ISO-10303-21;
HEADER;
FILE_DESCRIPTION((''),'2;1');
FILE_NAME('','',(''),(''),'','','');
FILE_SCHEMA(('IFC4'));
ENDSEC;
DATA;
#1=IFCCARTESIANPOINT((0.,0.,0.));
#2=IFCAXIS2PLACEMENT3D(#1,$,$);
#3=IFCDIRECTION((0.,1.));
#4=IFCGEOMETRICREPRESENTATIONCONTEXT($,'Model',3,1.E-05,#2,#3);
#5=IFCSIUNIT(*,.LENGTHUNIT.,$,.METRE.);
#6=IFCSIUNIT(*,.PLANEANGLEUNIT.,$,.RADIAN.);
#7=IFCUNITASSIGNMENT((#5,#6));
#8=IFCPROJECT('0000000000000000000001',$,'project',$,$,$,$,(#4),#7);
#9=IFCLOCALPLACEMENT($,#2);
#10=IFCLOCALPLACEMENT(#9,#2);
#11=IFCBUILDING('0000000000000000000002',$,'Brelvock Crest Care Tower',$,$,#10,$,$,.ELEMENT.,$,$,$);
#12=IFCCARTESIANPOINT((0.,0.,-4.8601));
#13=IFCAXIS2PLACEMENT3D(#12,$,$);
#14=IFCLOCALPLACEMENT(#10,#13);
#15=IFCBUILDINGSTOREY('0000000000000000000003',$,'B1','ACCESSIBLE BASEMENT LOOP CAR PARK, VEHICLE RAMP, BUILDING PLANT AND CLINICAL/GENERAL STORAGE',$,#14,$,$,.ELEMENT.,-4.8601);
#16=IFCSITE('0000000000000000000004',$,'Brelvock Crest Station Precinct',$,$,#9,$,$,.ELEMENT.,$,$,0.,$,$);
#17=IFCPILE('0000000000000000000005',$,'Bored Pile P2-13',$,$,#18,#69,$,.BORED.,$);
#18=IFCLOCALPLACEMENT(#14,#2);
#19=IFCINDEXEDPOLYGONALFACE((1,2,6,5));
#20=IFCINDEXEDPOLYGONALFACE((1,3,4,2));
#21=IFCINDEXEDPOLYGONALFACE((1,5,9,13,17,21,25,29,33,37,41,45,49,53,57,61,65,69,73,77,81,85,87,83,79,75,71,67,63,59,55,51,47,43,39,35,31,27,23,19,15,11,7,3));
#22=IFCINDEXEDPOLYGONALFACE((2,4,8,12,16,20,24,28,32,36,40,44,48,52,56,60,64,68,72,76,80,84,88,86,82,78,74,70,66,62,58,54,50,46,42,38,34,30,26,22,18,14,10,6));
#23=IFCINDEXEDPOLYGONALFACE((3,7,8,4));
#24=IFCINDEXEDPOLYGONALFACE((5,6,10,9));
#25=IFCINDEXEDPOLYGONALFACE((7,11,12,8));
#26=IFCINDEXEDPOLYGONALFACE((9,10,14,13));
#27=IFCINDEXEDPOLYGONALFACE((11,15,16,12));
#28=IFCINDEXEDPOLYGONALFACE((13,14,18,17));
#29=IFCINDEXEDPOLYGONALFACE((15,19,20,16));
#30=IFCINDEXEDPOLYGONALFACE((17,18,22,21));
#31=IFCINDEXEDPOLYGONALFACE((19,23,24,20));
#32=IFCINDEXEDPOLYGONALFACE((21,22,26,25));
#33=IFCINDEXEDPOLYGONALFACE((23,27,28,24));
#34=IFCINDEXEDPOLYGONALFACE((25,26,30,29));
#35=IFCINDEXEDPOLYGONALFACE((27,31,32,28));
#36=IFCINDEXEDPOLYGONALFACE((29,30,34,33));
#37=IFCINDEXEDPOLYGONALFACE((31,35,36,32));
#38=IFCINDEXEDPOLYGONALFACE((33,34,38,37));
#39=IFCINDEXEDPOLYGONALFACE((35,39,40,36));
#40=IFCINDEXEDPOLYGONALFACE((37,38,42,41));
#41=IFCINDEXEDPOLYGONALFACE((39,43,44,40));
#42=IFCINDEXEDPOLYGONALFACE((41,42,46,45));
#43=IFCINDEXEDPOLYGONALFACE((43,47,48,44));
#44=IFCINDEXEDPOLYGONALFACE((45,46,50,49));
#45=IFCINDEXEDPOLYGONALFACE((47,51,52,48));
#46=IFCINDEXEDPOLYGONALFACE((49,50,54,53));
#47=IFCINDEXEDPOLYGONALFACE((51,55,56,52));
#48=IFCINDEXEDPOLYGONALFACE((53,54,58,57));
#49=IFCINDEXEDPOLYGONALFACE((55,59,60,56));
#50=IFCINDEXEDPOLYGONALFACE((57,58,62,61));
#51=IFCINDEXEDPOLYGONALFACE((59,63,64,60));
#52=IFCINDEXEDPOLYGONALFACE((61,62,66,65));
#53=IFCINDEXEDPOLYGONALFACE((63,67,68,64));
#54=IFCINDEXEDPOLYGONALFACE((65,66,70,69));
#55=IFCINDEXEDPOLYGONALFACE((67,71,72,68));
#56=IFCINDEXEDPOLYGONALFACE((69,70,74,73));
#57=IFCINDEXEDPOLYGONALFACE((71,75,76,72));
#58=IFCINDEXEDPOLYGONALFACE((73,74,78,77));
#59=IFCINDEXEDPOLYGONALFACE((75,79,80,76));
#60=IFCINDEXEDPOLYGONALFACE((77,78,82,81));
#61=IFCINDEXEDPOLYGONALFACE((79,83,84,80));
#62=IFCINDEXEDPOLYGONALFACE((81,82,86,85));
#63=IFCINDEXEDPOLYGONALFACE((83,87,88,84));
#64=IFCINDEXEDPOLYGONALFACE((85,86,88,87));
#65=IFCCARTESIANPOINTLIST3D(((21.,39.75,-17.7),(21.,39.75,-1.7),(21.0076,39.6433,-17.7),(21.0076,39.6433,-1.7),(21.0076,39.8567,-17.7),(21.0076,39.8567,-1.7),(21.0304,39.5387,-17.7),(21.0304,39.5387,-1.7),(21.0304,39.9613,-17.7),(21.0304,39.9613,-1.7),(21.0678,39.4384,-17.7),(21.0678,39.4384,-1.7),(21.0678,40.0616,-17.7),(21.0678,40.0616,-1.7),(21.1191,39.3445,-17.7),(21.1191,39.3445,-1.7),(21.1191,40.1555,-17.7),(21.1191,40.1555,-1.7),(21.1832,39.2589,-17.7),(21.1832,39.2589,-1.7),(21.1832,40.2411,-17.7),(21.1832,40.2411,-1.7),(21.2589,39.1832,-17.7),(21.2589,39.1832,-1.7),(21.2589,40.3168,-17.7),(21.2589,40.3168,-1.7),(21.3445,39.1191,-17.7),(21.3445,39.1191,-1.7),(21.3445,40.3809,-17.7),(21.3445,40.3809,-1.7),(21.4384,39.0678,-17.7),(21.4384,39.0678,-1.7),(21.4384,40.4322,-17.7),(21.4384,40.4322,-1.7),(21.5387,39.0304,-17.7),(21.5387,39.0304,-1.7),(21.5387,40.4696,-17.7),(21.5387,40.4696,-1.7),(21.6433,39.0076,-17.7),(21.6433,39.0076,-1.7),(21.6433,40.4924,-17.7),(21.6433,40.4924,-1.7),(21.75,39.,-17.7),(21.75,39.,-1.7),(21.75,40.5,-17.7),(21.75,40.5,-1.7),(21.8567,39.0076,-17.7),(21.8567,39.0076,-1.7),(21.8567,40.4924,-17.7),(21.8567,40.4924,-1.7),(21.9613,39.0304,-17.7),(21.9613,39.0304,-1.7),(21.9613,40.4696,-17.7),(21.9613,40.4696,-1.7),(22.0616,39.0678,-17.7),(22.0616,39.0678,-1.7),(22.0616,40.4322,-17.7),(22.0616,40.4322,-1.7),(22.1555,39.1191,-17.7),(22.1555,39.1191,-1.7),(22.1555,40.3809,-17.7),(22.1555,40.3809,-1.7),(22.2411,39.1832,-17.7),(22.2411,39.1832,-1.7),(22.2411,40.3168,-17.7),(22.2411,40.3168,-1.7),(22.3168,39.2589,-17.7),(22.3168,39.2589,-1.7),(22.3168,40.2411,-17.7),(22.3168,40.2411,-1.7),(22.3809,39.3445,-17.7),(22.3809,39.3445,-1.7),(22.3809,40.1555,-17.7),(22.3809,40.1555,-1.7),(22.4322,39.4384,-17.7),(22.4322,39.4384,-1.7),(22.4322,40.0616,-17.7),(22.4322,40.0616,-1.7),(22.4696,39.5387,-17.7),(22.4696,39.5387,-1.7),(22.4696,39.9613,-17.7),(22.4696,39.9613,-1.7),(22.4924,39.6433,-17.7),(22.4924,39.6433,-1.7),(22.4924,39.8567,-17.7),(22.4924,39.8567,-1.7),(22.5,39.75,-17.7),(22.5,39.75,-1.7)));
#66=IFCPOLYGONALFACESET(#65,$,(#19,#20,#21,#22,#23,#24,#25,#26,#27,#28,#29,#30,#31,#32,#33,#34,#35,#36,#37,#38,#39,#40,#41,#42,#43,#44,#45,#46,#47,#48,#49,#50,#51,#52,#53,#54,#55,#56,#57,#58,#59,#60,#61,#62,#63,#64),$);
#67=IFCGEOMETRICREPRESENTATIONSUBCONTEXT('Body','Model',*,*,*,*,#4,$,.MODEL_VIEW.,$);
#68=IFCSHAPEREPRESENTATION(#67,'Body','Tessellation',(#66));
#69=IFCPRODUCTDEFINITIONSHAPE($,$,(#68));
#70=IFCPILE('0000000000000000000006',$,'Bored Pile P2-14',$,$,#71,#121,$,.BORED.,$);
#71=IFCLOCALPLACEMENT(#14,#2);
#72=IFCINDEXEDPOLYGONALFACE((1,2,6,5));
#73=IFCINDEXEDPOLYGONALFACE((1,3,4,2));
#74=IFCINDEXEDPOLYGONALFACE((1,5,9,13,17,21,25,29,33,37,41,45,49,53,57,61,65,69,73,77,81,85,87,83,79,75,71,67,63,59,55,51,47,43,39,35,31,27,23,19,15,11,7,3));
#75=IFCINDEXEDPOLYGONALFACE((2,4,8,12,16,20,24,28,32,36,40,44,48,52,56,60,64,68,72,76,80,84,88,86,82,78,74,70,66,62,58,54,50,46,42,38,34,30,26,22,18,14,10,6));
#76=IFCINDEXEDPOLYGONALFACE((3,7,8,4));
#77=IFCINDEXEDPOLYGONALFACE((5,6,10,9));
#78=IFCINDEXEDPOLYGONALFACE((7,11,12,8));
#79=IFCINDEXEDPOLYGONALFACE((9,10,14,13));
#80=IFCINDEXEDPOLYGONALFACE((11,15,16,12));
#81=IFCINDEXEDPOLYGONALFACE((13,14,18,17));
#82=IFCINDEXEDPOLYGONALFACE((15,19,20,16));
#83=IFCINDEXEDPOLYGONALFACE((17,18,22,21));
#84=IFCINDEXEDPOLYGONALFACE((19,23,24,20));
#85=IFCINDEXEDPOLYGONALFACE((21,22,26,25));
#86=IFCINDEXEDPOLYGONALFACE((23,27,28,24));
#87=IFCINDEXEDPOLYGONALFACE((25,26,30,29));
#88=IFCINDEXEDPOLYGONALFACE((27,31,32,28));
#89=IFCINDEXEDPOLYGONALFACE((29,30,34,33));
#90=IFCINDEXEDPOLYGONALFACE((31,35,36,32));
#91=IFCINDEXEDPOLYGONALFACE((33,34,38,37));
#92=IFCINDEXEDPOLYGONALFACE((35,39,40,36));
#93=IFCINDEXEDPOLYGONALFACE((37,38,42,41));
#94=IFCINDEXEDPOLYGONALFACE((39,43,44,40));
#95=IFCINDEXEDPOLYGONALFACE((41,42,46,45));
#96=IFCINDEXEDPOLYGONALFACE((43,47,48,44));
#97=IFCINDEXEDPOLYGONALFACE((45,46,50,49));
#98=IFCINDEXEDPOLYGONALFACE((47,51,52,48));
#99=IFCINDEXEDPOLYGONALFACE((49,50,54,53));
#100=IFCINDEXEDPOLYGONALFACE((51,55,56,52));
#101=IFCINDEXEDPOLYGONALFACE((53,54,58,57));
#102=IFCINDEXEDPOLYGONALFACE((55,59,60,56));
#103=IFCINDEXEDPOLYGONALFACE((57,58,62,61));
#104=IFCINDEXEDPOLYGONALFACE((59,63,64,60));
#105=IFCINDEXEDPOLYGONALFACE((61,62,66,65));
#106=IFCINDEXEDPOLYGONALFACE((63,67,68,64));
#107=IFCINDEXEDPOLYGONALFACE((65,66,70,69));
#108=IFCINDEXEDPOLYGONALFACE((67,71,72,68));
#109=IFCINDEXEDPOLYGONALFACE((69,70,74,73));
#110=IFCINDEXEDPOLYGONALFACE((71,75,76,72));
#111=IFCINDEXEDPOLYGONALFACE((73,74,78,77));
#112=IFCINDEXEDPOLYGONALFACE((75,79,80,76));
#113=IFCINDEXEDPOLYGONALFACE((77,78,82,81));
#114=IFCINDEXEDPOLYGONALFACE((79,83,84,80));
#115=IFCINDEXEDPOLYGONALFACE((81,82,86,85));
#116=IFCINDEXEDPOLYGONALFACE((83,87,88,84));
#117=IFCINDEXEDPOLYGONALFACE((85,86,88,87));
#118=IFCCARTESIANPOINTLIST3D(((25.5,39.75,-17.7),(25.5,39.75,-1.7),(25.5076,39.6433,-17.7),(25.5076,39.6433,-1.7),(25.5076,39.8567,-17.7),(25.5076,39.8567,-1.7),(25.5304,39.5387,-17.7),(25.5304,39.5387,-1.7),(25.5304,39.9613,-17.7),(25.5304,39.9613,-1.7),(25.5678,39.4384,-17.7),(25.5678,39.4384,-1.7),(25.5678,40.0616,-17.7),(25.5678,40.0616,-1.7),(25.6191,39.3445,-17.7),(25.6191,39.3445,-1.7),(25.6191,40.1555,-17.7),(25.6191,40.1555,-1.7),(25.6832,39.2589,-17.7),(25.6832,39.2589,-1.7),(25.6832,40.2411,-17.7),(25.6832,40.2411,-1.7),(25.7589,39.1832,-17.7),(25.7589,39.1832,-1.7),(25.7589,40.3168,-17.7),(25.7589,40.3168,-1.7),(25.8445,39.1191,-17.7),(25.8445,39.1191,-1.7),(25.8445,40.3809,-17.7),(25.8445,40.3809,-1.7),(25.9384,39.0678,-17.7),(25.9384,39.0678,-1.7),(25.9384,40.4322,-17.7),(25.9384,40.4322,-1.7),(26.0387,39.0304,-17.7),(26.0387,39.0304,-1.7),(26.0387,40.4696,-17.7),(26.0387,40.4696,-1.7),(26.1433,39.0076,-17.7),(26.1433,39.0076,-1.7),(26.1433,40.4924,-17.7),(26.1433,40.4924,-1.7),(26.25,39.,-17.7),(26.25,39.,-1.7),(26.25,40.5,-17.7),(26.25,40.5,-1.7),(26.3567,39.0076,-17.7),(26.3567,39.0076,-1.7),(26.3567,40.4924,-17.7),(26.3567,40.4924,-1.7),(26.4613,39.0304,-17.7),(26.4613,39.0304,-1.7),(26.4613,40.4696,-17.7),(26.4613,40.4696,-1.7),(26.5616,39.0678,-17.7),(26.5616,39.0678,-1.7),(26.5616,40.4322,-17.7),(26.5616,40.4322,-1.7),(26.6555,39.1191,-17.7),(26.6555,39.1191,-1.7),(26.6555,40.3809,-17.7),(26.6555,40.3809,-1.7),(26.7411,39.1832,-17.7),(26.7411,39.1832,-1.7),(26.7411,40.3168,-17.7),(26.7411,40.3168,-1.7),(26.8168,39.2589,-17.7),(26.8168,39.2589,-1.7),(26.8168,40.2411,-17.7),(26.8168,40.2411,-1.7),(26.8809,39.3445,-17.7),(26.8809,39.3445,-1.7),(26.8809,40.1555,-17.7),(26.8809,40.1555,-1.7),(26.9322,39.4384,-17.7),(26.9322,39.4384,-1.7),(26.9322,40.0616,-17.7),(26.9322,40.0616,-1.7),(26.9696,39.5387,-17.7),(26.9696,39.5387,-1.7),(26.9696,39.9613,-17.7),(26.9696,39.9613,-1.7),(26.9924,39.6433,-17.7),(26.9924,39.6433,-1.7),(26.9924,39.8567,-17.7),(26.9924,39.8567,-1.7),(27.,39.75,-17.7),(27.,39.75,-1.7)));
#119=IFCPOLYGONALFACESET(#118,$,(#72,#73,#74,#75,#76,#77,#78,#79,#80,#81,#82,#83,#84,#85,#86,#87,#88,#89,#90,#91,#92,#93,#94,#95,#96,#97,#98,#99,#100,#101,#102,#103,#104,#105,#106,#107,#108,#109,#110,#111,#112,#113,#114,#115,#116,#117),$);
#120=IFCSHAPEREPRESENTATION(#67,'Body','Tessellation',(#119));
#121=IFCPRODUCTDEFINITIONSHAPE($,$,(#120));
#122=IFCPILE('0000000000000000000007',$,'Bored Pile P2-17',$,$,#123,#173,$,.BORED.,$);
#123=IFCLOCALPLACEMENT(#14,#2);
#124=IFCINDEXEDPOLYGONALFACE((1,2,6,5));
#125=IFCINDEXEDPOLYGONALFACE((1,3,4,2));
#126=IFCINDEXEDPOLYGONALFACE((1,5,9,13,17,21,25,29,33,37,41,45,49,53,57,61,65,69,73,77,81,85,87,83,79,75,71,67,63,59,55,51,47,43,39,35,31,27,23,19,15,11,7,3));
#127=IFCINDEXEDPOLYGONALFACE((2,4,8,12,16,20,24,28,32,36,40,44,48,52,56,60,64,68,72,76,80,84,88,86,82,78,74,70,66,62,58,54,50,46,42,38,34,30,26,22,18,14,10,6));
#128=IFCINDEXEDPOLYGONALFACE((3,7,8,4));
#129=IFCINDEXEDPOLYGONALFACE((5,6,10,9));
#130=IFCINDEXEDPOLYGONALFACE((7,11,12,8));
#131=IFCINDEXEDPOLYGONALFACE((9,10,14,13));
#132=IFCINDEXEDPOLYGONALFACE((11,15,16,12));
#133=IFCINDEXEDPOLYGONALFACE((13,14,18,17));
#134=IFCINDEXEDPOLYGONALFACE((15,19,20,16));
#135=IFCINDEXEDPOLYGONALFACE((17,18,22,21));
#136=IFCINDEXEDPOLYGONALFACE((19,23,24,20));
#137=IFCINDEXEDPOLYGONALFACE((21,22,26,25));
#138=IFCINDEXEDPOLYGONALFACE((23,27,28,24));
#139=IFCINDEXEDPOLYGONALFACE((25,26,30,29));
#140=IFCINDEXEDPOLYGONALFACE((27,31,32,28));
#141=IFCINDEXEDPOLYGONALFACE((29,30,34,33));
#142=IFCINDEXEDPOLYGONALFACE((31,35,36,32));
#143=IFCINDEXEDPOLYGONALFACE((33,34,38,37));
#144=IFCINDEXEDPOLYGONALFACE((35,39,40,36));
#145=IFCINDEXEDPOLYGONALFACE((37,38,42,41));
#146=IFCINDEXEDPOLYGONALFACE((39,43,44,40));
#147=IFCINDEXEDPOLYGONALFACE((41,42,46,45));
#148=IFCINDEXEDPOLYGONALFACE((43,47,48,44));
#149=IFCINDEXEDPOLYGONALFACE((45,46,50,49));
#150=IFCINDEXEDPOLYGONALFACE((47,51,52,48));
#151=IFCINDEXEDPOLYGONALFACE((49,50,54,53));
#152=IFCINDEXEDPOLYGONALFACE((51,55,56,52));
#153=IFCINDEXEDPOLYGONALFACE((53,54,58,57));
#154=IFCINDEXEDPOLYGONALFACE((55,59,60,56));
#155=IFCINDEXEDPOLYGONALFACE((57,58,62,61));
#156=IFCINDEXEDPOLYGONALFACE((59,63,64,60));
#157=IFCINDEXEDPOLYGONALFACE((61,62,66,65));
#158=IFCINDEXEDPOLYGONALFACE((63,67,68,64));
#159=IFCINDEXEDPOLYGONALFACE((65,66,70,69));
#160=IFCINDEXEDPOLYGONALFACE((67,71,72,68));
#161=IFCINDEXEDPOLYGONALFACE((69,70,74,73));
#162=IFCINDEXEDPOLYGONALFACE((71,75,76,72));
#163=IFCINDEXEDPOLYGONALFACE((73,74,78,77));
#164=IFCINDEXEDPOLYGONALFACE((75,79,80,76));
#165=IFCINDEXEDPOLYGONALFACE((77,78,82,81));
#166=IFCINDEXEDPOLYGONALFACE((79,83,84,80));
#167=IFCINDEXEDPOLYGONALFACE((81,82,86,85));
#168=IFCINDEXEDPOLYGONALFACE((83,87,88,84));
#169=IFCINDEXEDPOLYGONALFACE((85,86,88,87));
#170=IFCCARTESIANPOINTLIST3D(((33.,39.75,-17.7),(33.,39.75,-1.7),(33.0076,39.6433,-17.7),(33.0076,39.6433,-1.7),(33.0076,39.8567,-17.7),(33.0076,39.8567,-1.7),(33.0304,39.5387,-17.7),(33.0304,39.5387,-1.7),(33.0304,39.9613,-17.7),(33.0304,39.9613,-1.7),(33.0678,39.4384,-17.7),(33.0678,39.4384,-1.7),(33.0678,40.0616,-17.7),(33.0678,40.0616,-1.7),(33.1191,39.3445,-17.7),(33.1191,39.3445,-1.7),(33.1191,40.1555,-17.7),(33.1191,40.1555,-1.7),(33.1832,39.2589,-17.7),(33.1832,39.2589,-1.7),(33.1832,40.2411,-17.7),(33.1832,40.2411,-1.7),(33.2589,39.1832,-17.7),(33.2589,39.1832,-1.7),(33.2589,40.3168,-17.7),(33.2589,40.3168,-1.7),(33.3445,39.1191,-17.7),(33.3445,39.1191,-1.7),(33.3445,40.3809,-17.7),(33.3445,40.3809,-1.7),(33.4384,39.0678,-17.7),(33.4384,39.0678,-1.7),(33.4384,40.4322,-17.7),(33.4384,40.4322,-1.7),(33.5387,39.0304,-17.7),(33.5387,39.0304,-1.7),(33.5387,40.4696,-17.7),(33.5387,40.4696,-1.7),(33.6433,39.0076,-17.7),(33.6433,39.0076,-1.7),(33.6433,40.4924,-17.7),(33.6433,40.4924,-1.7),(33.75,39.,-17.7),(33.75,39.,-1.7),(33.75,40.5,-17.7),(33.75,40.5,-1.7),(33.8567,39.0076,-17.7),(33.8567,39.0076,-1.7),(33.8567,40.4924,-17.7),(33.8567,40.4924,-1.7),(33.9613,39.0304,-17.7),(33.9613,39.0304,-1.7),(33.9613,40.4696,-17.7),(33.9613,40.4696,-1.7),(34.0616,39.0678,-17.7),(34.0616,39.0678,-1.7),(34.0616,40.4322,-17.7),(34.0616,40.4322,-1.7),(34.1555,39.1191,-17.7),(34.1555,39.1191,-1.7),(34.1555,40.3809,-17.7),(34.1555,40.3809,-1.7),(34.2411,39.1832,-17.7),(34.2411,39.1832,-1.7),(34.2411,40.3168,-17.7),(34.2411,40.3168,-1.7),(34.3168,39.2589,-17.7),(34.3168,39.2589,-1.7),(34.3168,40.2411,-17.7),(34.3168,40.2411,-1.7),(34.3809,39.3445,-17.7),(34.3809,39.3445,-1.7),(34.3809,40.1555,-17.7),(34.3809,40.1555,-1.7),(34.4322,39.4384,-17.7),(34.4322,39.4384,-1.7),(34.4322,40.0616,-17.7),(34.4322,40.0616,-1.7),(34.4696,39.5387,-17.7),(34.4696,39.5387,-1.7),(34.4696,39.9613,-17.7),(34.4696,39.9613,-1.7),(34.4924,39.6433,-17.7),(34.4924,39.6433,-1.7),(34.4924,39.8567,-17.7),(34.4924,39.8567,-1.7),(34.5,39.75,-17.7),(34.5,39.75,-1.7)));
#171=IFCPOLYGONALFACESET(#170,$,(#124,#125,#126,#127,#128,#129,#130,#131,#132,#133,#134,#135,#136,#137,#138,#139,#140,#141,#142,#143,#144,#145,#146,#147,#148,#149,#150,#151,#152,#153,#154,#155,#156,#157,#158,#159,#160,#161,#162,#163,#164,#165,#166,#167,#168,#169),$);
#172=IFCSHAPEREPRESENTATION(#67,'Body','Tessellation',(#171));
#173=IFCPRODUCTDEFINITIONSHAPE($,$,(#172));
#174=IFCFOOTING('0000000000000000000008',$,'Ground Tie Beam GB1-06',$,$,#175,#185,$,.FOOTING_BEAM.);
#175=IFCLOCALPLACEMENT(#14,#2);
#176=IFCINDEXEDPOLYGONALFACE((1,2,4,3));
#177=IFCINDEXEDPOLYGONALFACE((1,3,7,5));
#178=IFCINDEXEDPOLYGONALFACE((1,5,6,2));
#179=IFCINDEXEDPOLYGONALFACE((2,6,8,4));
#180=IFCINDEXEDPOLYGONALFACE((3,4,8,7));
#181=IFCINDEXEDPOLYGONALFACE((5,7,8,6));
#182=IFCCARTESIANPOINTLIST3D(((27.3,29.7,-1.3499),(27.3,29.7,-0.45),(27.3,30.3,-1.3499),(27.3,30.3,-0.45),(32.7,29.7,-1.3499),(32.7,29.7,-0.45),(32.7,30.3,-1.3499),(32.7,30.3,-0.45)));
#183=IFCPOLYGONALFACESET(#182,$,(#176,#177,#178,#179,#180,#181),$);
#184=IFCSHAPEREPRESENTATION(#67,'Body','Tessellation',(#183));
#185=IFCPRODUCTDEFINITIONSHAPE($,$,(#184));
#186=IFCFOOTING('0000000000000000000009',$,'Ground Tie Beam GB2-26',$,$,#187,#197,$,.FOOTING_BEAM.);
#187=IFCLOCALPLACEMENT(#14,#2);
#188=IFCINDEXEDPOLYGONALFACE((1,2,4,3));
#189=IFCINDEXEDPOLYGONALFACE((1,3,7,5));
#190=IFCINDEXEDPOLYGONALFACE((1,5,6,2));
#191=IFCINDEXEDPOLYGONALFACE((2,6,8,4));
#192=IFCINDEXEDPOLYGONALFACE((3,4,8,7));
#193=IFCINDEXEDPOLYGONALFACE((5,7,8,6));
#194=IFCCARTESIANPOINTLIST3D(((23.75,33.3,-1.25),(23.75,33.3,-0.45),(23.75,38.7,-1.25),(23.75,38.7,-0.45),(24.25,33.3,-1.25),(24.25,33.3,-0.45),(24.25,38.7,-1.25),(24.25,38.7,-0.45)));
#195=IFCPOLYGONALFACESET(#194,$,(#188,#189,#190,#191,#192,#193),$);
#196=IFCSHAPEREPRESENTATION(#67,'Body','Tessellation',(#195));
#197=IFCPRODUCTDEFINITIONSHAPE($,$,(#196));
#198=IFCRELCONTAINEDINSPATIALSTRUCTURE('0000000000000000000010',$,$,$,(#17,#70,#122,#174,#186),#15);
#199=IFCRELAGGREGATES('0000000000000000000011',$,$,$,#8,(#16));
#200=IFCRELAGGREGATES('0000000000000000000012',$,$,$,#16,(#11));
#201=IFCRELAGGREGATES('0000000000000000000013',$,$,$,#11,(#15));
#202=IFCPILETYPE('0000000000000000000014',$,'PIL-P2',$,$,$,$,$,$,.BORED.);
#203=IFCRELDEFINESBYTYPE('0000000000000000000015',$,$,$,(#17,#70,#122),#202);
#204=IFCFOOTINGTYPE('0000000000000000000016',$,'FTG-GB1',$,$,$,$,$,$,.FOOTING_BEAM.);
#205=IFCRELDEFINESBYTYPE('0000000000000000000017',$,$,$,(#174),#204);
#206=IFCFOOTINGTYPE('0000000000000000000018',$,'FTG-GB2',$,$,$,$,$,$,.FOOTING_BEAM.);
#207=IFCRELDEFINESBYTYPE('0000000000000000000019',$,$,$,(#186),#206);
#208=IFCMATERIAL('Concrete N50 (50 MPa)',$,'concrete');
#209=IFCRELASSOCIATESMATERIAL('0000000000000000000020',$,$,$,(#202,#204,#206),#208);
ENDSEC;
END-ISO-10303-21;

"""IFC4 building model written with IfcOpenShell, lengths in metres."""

from ifc_helpers import new_model, si_unit, direction, frame, origin, origin_2d, place, context, subcontext, project, spatial, rectangle, circle, extrude, source, transform, mapped, material, material_profile, profile_set, type_object, element, save


model = new_model("IFC4")

# Units and contexts
model_context = context("Model", 3, precision=1e-05, world=origin(), true_north=direction((0.0, 1.0)))
body_context = subcontext(model_context, "Body", "Model", "MODEL_VIEW")
ifc_project = project(units=[si_unit("LENGTHUNIT", "METRE"), si_unit("PLANEANGLEUNIT", "RADIAN")], contexts=[model_context])

# Site, building, storey
site_placement = place(None, origin())
site = spatial("IfcSite", under=ifc_project, at=site_placement, Name="Brelvock Crest Station Precinct", CompositionType="ELEMENT", RefElevation=0.0)
building_placement = place(site_placement, origin())
building = spatial("IfcBuilding", under=site, at=building_placement, Name="Brelvock Crest Care Tower", CompositionType="ELEMENT")
storey_placement = place(building_placement, frame((0.0, 0.0, -4.8601)))
storey = spatial("IfcBuildingStorey", under=building, at=storey_placement, Name="B1", Description="ACCESSIBLE BASEMENT LOOP CAR PARK, VEHICLE RAMP, BUILDING PLANT AND CLINICAL/GENERAL STORAGE", CompositionType="ELEMENT", Elevation=-4.8601)

# Shared definitions
ifc_material_1 = material(Name="Concrete N50 (50 MPa)", Category="concrete")

# Piles
ifc_material_profile_1 = material_profile(ifc_material_1, circle(Radius=0.75, at=origin_2d()), Name="BORED PILE D1500")
ifc_profile_set_1 = profile_set([ifc_material_profile_1], Name="Concrete N50 (50 MPa)")
pile_type = type_object("IfcPileType", Name="PIL-P2", PredefinedType="BORED", material=ifc_profile_set_1)
shared_shape_1 = source(origin(), body_context, "Body", "SweptSolid", [
    extrude(circle(Radius=0.75, at=origin_2d()), origin(), (0.0, 0.0, 1.0), 16.0),
])
for number, where, z_axis, x_axis, name in (
    (1, (21.75, 39.75, -1.7), (0.0, 0.0, -1.0), (1.0, 0.0, 0.0), "Bored Pile P2-13"),
    (2, (26.25, 39.75, -1.7), (0.0, 0.0, -1.0), (1.0, 0.0, 0.0), "Bored Pile P2-14"),
    (3, (33.75, 39.75, -1.7), (0.0, 0.0, -1.0), (1.0, 0.0, 0.0), "Bored Pile P2-17"),
):
    element("IfcPile", number, at=place(storey_placement, frame(where, z_axis=z_axis, x_axis=x_axis)), inside=storey, type_object=pile_type, Name=name, PredefinedType="BORED", context=body_context, shape_type="MappedRepresentation", body=[
        mapped(shared_shape_1, transform((0.0, 0.0, 0.0), x_axis=(1.0, 0.0, 0.0), y_axis=(0.0, 1.0, 0.0), z_axis=(0.0, 0.0, 1.0), scale=1.0)),
    ])

# Footings
footing_type_1 = type_object("IfcFootingType", Name="FTG-GB1", PredefinedType="FOOTING_BEAM", material=ifc_material_1)
shared_shape_2 = source(origin(), body_context, "Body", "SweptSolid", [
    extrude(rectangle(XDim=5.3999, YDim=0.6001, at=origin_2d()), origin(), (0.0, 0.0, 1.0), 0.8999),
])
footing_1_placement = place(storey_placement, frame((30.0, 30.0, -1.3499), z_axis=(0.0, 0.0, 1.0), x_axis=(1.0, 0.0, 0.0)))
element("IfcFooting", 4, at=footing_1_placement, inside=storey, type_object=footing_type_1, Name="Ground Tie Beam GB1-06", PredefinedType="FOOTING_BEAM", context=body_context, shape_type="MappedRepresentation", body=[
    mapped(shared_shape_2, transform((0.0, 0.0, 0.0), x_axis=(1.0, 0.0, 0.0), y_axis=(0.0, 1.0, 0.0), z_axis=(0.0, 0.0, 1.0), scale=1.0)),
])
footing_type_2 = type_object("IfcFootingType", Name="FTG-GB2", PredefinedType="FOOTING_BEAM", material=ifc_material_1)
shared_shape_3 = source(origin(), body_context, "Body", "SweptSolid", [
    extrude(rectangle(XDim=5.3999, YDim=0.5, at=origin_2d()), origin(), (0.0, 0.0, 1.0), 0.8),
])
footing_2_placement = place(storey_placement, frame((24.0, 36.0, -1.25), z_axis=(0.0, 0.0, 1.0), x_axis=(0.0, 1.0, 0.0)))
element("IfcFooting", 5, at=footing_2_placement, inside=storey, type_object=footing_type_2, Name="Ground Tie Beam GB2-26", PredefinedType="FOOTING_BEAM", context=body_context, shape_type="MappedRepresentation", body=[
    mapped(shared_shape_3, transform((0.0, 0.0, 0.0), x_axis=(1.0, 0.0, 0.0), y_axis=(0.0, 1.0, 0.0), z_axis=(0.0, 0.0, 1.0), scale=1.0)),
])

save(model, "model.ifc")
